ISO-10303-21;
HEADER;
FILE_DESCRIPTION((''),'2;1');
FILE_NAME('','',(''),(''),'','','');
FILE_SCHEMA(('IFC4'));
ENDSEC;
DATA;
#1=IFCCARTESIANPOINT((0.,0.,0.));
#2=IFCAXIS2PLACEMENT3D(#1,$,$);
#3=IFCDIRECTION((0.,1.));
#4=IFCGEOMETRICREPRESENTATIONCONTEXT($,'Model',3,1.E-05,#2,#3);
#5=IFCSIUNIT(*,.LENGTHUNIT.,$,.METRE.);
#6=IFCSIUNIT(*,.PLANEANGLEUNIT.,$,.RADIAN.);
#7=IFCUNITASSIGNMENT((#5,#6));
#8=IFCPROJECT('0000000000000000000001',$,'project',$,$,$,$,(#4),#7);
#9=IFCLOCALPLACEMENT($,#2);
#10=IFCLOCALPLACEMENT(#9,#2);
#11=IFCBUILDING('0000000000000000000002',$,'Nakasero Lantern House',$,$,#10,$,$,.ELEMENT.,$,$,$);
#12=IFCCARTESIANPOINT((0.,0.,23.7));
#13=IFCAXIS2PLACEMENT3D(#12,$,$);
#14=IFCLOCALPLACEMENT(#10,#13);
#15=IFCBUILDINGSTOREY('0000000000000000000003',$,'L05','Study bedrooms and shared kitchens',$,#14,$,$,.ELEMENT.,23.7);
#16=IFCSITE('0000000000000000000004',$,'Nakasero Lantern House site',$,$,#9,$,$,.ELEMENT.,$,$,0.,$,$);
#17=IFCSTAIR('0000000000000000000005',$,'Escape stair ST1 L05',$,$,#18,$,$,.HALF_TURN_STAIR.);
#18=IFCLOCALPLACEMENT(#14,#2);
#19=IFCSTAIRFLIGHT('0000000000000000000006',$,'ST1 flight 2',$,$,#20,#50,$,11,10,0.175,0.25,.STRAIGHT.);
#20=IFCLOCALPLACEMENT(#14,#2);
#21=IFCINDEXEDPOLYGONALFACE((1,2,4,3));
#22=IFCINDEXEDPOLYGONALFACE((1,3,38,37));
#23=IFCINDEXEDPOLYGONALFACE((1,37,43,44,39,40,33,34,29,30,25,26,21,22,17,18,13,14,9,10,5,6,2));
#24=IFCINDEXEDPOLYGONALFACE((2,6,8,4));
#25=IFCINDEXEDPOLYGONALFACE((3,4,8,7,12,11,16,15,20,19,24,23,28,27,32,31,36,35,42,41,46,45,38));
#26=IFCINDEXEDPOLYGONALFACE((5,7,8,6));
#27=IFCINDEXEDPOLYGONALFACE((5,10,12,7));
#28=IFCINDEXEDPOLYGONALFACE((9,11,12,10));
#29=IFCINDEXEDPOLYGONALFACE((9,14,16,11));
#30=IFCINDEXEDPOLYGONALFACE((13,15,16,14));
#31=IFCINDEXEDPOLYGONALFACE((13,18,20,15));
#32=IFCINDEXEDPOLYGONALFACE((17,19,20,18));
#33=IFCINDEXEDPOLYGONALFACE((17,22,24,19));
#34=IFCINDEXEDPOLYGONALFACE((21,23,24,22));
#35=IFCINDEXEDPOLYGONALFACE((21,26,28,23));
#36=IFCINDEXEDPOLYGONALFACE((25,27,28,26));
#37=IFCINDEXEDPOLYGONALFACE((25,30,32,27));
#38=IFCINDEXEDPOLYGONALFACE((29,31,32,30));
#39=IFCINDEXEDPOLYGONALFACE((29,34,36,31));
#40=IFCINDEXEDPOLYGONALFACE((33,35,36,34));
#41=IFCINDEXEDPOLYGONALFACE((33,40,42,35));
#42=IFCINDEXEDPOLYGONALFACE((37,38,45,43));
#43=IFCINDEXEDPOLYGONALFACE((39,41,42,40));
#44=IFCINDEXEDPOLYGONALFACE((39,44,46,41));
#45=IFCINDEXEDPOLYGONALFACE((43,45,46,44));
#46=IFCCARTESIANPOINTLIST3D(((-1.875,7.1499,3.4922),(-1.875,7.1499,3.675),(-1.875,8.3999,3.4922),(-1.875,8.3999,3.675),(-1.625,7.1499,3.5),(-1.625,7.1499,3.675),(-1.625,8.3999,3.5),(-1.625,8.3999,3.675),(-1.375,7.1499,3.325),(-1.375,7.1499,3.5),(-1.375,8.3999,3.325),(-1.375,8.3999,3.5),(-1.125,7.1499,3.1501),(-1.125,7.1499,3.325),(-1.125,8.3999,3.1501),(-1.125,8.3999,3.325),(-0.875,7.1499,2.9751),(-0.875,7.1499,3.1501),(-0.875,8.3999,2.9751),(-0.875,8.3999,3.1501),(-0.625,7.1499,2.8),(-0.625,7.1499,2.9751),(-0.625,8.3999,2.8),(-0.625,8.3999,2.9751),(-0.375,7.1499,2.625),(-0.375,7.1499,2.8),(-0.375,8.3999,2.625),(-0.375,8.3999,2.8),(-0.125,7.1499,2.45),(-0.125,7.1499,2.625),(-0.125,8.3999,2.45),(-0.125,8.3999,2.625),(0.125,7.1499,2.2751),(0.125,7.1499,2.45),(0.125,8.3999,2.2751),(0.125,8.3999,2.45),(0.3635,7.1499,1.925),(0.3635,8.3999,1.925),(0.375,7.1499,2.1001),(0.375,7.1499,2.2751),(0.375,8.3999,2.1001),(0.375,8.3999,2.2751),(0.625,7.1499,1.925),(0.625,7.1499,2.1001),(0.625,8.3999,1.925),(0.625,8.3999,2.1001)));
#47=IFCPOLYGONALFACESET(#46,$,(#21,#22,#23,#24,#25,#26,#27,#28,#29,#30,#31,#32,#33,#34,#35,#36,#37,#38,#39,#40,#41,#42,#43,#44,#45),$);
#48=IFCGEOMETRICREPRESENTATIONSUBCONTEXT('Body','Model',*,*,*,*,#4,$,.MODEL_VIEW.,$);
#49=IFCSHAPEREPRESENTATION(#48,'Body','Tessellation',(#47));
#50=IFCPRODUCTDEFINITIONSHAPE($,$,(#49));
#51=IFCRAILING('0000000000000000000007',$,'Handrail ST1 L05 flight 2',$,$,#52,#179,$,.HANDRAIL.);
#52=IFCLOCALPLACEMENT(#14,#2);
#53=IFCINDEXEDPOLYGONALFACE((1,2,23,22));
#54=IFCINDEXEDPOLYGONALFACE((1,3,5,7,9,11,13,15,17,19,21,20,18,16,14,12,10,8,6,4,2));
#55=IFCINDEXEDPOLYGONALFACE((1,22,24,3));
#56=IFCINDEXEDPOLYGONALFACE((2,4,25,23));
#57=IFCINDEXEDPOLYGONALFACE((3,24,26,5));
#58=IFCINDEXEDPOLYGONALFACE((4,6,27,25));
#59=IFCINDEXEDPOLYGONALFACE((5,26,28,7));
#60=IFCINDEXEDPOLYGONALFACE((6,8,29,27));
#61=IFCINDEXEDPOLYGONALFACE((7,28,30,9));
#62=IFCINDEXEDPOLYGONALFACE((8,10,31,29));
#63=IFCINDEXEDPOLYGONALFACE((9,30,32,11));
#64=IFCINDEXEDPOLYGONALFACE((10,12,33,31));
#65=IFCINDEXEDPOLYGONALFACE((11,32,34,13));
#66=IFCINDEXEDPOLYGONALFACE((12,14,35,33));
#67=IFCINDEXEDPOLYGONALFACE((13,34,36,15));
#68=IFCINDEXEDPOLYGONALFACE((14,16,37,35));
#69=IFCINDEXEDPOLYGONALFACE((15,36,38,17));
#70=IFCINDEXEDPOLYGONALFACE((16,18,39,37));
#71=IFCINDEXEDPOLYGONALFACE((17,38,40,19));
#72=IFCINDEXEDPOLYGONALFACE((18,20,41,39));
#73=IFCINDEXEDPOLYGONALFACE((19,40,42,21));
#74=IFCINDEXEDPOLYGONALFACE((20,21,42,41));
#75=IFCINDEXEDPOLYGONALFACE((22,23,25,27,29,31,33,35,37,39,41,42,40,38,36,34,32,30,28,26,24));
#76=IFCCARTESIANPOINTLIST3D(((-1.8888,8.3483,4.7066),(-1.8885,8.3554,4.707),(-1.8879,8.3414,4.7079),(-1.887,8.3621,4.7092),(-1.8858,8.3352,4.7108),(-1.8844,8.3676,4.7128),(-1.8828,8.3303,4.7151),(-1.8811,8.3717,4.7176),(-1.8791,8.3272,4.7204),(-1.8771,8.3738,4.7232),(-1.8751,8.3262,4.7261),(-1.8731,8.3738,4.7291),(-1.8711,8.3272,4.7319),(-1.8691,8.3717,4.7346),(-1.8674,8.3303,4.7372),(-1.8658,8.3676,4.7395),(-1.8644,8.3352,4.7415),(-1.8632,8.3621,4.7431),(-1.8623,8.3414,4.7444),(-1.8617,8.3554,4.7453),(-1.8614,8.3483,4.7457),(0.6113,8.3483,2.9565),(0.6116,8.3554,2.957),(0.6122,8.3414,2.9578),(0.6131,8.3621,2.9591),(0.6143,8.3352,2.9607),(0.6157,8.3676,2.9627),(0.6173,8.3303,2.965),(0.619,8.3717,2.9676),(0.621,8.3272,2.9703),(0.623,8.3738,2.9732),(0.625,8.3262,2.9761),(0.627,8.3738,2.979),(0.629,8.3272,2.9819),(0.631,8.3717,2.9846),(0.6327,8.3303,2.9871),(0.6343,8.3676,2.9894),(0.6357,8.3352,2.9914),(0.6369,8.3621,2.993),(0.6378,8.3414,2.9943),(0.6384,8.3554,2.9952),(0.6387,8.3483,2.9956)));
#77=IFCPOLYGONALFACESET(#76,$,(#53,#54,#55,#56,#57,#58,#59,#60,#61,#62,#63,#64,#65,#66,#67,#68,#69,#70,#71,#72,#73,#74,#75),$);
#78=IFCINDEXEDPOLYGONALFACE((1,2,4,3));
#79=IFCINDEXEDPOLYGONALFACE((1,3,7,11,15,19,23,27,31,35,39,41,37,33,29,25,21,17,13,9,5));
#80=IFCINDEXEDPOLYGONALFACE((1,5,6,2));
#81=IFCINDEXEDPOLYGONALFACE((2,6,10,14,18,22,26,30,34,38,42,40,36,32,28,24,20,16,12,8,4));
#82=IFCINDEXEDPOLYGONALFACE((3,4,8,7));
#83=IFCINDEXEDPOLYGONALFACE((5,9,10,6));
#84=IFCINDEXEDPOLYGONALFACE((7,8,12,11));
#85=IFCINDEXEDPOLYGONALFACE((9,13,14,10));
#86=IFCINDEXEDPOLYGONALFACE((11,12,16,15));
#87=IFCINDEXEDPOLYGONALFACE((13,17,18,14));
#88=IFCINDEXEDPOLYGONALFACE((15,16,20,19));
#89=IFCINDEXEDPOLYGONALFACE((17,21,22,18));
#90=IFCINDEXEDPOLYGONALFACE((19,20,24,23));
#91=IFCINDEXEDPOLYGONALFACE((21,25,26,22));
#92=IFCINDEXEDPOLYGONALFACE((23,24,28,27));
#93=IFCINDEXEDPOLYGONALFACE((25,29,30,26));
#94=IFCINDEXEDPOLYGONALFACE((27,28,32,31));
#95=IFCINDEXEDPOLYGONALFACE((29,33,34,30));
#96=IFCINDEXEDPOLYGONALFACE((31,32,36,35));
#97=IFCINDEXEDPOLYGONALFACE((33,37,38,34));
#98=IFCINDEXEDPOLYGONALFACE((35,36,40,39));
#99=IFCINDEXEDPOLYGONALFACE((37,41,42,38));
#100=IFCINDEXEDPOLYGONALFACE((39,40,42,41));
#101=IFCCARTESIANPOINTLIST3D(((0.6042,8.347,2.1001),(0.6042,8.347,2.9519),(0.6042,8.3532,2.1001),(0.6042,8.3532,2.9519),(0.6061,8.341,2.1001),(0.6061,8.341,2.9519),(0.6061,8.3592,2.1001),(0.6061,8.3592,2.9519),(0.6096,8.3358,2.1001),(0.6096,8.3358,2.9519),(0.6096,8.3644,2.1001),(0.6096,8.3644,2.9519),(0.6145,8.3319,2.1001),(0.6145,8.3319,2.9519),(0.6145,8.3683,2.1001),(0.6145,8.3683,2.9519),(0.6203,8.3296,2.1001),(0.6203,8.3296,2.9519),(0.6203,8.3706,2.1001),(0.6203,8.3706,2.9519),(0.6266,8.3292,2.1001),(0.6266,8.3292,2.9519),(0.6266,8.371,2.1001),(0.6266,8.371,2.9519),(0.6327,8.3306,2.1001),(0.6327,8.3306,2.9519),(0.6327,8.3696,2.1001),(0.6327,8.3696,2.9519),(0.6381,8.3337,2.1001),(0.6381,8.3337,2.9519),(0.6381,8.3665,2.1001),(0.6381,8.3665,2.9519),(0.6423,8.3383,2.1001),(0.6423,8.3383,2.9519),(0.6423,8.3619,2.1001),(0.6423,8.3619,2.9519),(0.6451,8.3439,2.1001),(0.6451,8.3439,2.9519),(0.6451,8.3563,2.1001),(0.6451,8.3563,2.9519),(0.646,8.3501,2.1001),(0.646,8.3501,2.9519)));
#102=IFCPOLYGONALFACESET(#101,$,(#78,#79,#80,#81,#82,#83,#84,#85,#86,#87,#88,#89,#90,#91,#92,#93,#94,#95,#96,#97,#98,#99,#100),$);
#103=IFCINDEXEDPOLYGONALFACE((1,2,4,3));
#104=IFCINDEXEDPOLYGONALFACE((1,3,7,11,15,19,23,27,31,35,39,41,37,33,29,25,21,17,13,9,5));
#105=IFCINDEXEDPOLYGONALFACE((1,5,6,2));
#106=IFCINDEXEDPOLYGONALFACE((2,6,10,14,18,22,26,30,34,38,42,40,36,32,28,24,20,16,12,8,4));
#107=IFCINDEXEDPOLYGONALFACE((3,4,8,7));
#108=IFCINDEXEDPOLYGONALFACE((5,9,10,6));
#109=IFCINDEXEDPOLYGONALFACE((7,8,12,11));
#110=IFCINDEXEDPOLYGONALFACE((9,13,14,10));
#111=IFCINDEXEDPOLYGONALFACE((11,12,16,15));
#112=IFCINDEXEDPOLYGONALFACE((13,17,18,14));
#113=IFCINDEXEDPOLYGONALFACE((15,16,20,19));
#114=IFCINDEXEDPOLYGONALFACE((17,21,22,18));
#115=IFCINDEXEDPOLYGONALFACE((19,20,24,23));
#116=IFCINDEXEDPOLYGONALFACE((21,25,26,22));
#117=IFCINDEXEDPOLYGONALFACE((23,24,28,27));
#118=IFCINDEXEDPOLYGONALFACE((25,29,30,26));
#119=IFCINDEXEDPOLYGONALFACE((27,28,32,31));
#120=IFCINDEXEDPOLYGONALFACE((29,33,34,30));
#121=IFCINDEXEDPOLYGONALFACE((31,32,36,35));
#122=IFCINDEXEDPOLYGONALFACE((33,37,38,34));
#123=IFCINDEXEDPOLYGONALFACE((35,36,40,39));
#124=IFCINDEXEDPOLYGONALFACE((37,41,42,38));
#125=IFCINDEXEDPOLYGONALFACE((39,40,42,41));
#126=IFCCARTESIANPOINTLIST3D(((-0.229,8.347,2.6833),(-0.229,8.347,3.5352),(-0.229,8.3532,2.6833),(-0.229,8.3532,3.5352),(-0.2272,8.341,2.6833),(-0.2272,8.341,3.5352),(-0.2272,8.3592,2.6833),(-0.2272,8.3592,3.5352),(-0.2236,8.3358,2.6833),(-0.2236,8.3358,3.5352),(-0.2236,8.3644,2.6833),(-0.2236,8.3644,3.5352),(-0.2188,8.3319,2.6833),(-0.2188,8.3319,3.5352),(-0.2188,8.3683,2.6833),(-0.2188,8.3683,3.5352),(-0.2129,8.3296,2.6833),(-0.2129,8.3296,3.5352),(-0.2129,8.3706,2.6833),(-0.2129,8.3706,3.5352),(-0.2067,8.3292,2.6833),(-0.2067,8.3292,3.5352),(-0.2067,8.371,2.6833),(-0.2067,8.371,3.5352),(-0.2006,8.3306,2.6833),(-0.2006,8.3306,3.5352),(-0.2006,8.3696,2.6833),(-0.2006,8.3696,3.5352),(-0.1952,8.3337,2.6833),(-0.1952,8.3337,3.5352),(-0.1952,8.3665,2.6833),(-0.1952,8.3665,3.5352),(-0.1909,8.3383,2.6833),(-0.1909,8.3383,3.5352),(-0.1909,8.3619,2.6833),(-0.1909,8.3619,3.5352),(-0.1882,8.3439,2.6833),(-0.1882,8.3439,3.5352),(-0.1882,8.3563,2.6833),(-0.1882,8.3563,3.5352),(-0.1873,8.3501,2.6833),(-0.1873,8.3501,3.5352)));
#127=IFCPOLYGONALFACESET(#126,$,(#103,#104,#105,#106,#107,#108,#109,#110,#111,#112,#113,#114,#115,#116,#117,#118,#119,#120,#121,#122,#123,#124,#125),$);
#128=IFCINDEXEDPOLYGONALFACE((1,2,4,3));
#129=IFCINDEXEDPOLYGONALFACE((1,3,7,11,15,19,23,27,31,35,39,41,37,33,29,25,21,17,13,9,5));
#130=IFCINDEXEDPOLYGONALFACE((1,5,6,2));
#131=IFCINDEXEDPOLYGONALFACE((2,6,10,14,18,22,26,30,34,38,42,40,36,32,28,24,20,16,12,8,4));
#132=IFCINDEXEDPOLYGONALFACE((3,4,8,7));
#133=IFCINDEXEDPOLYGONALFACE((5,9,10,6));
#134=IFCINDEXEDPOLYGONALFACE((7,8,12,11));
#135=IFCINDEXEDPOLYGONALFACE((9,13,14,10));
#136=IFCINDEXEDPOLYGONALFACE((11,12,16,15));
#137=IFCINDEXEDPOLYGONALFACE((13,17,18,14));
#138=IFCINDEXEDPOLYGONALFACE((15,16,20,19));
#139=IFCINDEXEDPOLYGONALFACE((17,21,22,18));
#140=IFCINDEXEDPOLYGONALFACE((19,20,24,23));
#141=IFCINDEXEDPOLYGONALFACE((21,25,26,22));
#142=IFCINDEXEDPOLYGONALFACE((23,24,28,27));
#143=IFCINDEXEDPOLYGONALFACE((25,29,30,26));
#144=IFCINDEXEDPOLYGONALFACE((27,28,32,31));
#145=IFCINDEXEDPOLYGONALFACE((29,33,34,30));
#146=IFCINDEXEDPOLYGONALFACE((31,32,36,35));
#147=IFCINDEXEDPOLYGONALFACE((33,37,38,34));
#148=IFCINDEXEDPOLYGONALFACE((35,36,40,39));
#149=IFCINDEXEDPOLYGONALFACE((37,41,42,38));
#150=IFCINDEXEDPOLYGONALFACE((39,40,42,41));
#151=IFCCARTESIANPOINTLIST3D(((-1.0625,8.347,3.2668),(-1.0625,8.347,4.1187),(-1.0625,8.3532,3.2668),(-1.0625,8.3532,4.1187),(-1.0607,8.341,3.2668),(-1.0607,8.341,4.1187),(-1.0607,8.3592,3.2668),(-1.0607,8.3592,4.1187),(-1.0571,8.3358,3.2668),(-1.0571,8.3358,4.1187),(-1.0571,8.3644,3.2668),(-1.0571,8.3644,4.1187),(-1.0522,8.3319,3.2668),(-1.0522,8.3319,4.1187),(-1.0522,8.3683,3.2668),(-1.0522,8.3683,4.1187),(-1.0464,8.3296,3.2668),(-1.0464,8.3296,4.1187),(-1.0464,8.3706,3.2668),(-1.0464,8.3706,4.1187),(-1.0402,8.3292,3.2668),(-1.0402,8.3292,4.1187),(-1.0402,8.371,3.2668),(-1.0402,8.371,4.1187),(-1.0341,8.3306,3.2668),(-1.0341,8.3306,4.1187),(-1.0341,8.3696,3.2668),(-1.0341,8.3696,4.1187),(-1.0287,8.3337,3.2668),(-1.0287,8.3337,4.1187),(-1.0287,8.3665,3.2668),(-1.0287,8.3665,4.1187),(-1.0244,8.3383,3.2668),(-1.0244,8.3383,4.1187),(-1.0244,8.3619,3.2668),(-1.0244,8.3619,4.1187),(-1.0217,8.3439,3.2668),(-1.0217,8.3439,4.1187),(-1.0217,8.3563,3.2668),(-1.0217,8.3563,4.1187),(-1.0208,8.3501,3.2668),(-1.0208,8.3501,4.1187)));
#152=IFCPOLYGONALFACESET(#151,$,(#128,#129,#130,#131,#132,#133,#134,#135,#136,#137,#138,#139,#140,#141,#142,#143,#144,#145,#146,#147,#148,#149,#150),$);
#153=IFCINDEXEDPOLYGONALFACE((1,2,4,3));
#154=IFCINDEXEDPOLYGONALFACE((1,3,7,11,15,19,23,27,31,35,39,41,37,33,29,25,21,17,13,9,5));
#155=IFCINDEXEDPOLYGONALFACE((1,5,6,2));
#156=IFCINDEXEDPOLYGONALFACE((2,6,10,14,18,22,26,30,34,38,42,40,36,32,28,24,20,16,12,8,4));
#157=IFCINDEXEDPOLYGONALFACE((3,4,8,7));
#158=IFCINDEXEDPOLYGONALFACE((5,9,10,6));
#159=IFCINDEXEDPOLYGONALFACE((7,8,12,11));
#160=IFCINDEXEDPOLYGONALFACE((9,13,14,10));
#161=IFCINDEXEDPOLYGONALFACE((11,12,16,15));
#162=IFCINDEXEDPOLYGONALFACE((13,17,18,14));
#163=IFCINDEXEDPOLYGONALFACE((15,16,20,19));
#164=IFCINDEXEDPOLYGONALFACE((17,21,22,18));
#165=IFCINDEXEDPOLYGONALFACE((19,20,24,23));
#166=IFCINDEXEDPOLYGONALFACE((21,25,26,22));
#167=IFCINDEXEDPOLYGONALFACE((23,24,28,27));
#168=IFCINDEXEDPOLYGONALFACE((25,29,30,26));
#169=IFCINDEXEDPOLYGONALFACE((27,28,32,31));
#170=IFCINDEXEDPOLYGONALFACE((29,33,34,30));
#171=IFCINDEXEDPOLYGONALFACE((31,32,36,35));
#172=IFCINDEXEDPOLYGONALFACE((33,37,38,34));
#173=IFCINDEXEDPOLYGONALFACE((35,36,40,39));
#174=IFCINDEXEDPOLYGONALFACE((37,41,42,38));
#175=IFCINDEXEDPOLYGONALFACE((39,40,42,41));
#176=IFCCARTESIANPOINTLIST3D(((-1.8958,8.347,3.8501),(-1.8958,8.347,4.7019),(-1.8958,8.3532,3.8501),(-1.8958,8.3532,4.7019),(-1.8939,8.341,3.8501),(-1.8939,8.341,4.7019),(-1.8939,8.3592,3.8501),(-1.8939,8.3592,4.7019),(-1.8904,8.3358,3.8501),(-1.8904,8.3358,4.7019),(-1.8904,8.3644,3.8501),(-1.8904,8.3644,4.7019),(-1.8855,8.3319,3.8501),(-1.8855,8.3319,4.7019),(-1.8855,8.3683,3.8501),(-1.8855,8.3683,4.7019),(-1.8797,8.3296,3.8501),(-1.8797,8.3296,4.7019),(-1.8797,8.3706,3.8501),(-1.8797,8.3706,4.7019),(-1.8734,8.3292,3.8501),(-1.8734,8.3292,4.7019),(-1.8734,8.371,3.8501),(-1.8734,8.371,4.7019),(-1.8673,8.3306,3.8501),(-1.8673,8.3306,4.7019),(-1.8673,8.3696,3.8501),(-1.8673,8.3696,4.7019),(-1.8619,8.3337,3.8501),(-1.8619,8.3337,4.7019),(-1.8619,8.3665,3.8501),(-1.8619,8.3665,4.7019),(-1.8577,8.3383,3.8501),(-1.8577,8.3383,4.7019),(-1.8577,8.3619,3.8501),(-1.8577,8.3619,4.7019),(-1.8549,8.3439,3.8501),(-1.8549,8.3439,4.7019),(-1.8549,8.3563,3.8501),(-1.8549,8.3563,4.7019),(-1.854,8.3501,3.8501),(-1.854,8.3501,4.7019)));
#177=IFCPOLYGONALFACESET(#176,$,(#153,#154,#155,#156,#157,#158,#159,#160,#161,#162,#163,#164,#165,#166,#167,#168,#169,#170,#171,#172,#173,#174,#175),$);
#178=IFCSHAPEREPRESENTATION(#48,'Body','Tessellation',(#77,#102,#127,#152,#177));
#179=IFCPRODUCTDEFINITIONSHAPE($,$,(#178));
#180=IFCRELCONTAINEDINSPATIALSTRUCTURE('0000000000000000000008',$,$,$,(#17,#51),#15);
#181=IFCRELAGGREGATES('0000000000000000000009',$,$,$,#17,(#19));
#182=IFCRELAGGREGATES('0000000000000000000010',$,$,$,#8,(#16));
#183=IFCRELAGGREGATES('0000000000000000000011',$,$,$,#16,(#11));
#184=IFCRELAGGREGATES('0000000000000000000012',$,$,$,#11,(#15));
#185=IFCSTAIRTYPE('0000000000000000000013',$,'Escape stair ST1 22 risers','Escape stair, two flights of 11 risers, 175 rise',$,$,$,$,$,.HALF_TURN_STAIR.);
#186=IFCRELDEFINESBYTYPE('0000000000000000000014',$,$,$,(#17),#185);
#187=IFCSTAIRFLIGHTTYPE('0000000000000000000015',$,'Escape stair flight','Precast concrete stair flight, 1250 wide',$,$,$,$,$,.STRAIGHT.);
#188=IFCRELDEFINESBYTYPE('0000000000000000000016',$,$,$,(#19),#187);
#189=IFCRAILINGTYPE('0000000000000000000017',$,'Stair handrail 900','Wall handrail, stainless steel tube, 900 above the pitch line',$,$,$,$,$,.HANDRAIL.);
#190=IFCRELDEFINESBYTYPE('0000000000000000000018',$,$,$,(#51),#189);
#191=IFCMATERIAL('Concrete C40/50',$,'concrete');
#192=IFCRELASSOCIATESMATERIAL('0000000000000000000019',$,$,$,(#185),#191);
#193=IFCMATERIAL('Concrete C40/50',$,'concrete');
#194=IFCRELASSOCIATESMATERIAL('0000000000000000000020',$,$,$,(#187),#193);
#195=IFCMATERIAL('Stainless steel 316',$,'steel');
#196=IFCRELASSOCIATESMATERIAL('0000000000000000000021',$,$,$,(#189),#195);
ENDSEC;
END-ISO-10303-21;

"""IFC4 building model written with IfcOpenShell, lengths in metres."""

from ifc_helpers import new_model, si_unit, direction, frame, origin, origin_2d, place, context, subcontext, project, spatial, polyline, circle, outline, extrude, material, type_object, element, aggregate, save


model = new_model("IFC4")

# Units and contexts
model_context = context("Model", 3, precision=1e-05, world=origin(), true_north=direction((0.0, 1.0)))
body_context = subcontext(model_context, "Body", "Model", "MODEL_VIEW")
ifc_project = project(units=[si_unit("LENGTHUNIT", "METRE"), si_unit("PLANEANGLEUNIT", "RADIAN")], contexts=[model_context])

# Site, building, storey
site_placement = place(None, origin())
site = spatial("IfcSite", under=ifc_project, at=site_placement, Name="Nakasero Lantern House site", CompositionType="ELEMENT", RefElevation=0.0)
building_placement = place(site_placement, origin())
building = spatial("IfcBuilding", under=site, at=building_placement, Name="Nakasero Lantern House", CompositionType="ELEMENT")
storey_placement = place(building_placement, frame((0.0, 0.0, 23.7)))
storey = spatial("IfcBuildingStorey", under=building, at=storey_placement, Name="L05", Description="Study bedrooms and shared kitchens", CompositionType="ELEMENT", Elevation=23.7)

# Stair
ifc_material_1 = material(Name="Concrete C40/50", Category="concrete")
stair_type_1 = type_object("IfcStairType", Name="Escape stair ST1 22 risers", Description="Escape stair, two flights of 11 risers, 175 rise", PredefinedType="HALF_TURN_STAIR", material=ifc_material_1)
stair_1_placement = place(storey_placement, origin())
stair_1 = element("IfcStair", 1, at=stair_1_placement, inside=storey, type_object=stair_type_1, Name="Escape stair ST1 L05", PredefinedType="HALF_TURN_STAIR")

# Stair flight
ifc_material_2 = material(Name="Concrete C40/50", Category="concrete")
stair_flight_type = type_object("IfcStairFlightType", Name="Escape stair flight", Description="Precast concrete stair flight, 1250 wide", PredefinedType="STRAIGHT", material=ifc_material_2)
stair_flight_placement = place(storey_placement, frame((0.625, 7.7749, 1.925), z_axis=(0.0, 0.0, 1.0), x_axis=(-1.0, 0.0, 0.0)))
stair_flight = element("IfcStairFlight", 2, at=stair_flight_placement, type_object=stair_flight_type, Name="ST1 flight 2", NumberOfRisers=11, NumberOfTreads=10, PredefinedType="STRAIGHT", RiserHeight=0.175, TreadLength=0.25, context=body_context, shape_type="SweptSolid", body=[
    extrude(outline(polyline([(0.0, 0.0), (0.0, 0.175), (0.25, 0.175), (0.25, 0.3501), (0.5, 0.3501), (0.5, 0.5249), (0.75, 0.5249), (0.75, 0.7), (1.0, 0.7), (1.0, 0.875), (1.25, 0.875), (1.25, 1.05), (1.5, 1.05), (1.5, 1.2251), (1.75, 1.2251), (1.75, 1.3999), (2.0, 1.3999), (2.0, 1.575), (2.25, 1.575), (2.25, 1.75), (2.5, 1.75), (2.5, 1.925), (2.5, 1.5671), (0.2615, 0.0), (0.0, 0.0)])), frame((0.0, 0.625, 0.0), z_axis=(0.0, -1.0, 0.0), x_axis=(1.0, 0.0, 0.0)), (0.0, 0.0, 1.0), 1.25),
])
aggregate(stair_1, [stair_flight])

# Railing
ifc_material_3 = material(Name="Stainless steel 316", Category="steel")
railing_type = type_object("IfcRailingType", Name="Stair handrail 900", Description="Wall handrail, stainless steel tube, 900 above the pitch line", PredefinedType="HANDRAIL", material=ifc_material_3)
railing_placement = place(storey_placement, frame((0.625, 8.3501, 2.1001)))
element("IfcRailing", 3, at=railing_placement, inside=storey, type_object=railing_type, Name="Handrail ST1 L05 flight 2", PredefinedType="HANDRAIL", context=body_context, shape_type="SweptSolid", body=[
    extrude(circle(Radius=0.0239, at=origin_2d()), frame((0.0, 0.0, 0.876), z_axis=(-0.819232, 0.0, 0.573462), x_axis=(0.0, -1.0, 0.0)), (0.0, 0.0, 1.0), 3.0518),
    extrude(circle(Radius=0.021, at=origin_2d()), origin(), (0.0, 0.0, 1.0), 0.8518),
    extrude(circle(Radius=0.021, at=origin_2d()), frame((-0.8333, 0.0, 0.5833)), (0.0, 0.0, 1.0), 0.8518),
    extrude(circle(Radius=0.021, at=origin_2d()), frame((-1.6667, 0.0, 1.1667)), (0.0, 0.0, 1.0), 0.8518),
    extrude(circle(Radius=0.021, at=origin_2d()), frame((-2.5, 0.0, 1.75)), (0.0, 0.0, 1.0), 0.8518),
])

save(model, "model.ifc")
